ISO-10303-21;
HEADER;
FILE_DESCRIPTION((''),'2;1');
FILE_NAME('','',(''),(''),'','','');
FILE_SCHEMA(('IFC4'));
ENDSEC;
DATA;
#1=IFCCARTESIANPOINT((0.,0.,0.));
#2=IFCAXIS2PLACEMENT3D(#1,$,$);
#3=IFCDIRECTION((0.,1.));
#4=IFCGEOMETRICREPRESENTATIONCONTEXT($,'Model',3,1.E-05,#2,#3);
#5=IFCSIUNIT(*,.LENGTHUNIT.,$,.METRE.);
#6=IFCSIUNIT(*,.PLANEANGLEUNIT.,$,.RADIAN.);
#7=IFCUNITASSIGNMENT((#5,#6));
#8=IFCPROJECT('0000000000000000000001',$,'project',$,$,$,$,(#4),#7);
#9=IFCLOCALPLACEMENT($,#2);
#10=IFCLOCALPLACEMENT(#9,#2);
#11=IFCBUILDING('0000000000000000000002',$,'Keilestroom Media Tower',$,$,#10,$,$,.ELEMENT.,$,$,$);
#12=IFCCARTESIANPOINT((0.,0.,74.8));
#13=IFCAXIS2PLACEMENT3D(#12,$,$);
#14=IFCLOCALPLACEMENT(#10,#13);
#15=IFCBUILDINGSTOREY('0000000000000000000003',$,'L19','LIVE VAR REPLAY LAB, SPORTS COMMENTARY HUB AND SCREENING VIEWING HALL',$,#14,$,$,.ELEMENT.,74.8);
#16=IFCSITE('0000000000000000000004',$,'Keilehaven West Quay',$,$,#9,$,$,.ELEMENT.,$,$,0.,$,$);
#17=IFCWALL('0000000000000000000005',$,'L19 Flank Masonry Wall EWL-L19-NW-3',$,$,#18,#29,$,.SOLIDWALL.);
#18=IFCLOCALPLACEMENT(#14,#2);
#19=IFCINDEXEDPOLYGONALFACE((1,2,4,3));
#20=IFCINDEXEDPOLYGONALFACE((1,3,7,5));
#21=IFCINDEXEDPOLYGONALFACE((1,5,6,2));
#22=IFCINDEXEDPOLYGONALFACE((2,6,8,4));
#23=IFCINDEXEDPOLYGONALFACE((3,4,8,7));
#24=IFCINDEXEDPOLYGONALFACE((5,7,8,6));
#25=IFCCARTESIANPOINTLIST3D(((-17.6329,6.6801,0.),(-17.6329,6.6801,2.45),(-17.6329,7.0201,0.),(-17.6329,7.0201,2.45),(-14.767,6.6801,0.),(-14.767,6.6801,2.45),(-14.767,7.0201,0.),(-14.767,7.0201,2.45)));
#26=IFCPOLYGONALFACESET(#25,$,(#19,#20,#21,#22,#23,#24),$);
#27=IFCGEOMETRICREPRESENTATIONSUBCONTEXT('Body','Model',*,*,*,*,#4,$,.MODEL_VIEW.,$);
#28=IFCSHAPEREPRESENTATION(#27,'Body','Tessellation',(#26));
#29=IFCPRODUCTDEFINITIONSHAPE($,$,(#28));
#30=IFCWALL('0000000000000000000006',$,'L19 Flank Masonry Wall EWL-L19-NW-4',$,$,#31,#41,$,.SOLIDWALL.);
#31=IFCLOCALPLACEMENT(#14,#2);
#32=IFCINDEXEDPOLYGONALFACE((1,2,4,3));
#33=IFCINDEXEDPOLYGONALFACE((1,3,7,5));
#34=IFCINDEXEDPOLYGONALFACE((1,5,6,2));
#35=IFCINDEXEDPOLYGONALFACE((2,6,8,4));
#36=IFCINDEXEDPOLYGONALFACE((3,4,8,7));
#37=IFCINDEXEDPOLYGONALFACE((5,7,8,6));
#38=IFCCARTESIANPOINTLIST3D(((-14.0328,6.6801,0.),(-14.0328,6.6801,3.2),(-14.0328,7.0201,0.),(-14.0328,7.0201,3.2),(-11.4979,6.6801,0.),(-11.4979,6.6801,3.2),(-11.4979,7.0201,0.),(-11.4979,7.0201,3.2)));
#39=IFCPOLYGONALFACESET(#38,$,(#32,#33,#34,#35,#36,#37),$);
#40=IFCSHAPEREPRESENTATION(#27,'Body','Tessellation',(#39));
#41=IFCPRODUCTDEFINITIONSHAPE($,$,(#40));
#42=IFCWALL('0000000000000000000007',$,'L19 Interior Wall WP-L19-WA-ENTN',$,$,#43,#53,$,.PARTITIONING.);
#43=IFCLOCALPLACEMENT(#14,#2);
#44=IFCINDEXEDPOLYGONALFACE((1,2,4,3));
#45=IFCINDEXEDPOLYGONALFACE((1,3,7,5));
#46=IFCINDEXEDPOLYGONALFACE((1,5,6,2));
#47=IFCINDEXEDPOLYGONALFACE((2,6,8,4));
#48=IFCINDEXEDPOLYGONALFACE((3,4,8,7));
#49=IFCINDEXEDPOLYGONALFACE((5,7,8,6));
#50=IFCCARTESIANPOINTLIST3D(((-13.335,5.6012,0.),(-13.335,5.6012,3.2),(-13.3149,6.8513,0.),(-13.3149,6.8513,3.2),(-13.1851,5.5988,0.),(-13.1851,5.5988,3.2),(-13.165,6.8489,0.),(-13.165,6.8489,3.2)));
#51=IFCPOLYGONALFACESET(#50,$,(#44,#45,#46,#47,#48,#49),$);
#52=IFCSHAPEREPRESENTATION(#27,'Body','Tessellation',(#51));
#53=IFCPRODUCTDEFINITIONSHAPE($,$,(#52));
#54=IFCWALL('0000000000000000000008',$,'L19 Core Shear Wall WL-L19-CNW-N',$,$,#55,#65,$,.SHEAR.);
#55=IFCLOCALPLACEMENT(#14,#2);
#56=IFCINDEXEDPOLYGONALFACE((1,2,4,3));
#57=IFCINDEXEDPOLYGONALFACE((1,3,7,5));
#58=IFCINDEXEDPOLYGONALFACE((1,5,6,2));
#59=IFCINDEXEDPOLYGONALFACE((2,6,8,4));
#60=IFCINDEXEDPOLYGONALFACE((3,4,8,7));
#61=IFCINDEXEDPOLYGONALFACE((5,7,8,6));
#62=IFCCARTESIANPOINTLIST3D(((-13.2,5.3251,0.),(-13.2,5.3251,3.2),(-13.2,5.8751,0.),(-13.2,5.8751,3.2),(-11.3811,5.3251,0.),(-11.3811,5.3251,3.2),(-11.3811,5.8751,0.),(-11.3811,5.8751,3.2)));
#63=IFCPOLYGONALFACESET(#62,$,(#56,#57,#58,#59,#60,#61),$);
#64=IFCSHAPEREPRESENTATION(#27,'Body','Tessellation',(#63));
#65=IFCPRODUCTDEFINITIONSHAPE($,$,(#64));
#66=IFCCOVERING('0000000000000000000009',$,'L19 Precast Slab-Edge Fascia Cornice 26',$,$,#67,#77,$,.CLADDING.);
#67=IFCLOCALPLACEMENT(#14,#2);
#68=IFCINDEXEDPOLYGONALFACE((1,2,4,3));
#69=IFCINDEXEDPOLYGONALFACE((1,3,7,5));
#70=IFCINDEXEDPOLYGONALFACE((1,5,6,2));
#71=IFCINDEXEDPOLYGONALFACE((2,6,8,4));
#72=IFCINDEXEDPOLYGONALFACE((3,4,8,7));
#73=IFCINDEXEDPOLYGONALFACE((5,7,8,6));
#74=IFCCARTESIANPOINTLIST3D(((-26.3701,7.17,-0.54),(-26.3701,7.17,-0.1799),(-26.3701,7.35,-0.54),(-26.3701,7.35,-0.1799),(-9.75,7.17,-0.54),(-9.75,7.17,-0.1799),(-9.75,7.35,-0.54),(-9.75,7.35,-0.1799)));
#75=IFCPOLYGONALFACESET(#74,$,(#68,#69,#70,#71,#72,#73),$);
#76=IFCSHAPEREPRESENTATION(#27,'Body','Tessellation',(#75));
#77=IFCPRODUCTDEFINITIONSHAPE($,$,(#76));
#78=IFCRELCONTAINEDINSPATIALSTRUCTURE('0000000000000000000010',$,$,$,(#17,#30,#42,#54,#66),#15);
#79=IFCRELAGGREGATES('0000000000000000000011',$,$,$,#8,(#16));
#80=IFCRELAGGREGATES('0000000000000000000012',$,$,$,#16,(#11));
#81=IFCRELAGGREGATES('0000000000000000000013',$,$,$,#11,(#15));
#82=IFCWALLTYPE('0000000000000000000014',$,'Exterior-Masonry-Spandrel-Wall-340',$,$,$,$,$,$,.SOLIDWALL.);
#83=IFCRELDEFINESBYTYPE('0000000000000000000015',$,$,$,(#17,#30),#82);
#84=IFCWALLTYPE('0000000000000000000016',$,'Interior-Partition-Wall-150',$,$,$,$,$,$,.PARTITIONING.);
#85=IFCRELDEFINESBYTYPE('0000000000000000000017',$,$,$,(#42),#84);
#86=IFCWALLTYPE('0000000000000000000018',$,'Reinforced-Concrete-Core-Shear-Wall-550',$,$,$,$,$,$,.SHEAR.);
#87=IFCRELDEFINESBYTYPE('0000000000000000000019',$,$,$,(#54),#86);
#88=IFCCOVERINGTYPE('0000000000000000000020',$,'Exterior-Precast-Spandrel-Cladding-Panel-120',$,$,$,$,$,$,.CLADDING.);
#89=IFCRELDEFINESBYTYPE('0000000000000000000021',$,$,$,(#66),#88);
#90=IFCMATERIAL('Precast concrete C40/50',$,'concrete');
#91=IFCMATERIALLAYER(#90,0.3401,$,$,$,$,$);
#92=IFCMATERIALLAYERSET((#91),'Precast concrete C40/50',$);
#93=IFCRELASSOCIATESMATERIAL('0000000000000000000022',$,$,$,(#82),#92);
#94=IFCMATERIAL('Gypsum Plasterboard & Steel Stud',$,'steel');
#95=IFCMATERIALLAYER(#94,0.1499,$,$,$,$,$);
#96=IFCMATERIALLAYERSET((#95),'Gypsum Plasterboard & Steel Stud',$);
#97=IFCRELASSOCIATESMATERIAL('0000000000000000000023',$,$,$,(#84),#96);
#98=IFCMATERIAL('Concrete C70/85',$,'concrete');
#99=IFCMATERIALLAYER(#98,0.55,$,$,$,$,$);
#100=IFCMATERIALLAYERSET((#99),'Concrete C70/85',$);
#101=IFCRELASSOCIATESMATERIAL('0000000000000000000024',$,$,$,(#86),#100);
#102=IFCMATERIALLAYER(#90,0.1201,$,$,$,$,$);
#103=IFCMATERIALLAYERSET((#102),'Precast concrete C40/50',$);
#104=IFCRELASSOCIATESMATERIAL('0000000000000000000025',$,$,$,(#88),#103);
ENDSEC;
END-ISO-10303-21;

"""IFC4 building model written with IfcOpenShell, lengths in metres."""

from ifc_helpers import new_model, si_unit, direction, frame, frame_2d, origin, origin_2d, place, context, subcontext, project, spatial, rectangle, extrude, source, transform, mapped, material, layer, layer_set, type_object, element, save


model = new_model("IFC4")

# Units and contexts
model_context = context("Model", 3, precision=1e-05, world=origin(), true_north=direction((0.0, 1.0)))
body_context = subcontext(model_context, "Body", "Model", "MODEL_VIEW")
ifc_project = project(units=[si_unit("LENGTHUNIT", "METRE"), si_unit("PLANEANGLEUNIT", "RADIAN")], contexts=[model_context])

# Site, building, storey
site_placement = place(None, origin())
site = spatial("IfcSite", under=ifc_project, at=site_placement, Name="Keilehaven West Quay", CompositionType="ELEMENT", RefElevation=0.0)
building_placement = place(site_placement, origin())
building = spatial("IfcBuilding", under=site, at=building_placement, Name="Keilestroom Media Tower", CompositionType="ELEMENT")
storey_placement = place(building_placement, frame((0.0, 0.0, 74.8)))
storey = spatial("IfcBuildingStorey", under=building, at=storey_placement, Name="L19", Description="LIVE VAR REPLAY LAB, SPORTS COMMENTARY HUB AND SCREENING VIEWING HALL", CompositionType="ELEMENT", Elevation=74.8)

# Shared definitions
ifc_material_1 = material(Name="Precast concrete C40/50", Category="concrete")

# Walls
ifc_layer_1 = layer(ifc_material_1, 0.3401)
ifc_layer_set_1 = layer_set([ifc_layer_1], Name="Precast concrete C40/50")
wall_type_1 = type_object("IfcWallType", Name="Exterior-Masonry-Spandrel-Wall-340", PredefinedType="SOLIDWALL", material=ifc_layer_set_1)
for number, where, z_axis, x_axis, name in (
    (1, (-17.6331, 6.8501, 0.0), (0.0, 0.0, 1.0), (1.0, 0.0, 0.0), "L19 Flank Masonry Wall EWL-L19-NW-3"),
):
    element("IfcWall", number, at=place(storey_placement, frame(where, z_axis=z_axis, x_axis=x_axis)), inside=storey, type_object=wall_type_1, Name=name, PredefinedType="SOLIDWALL", context=body_context, shape_type="SweptSolid", body=[
        extrude(rectangle(XDim=2.866, YDim=0.3401, at=frame_2d((1.4331, 0.0))), origin(), (0.0, 0.0, 1.0), 2.45),
    ])
wall_1_placement = place(storey_placement, frame((-14.033, 6.8501, 0.0), z_axis=(0.0, 0.0, 1.0), x_axis=(1.0, 0.0, 0.0)))
element("IfcWall", 2, at=wall_1_placement, inside=storey, type_object=wall_type_1, Name="L19 Flank Masonry Wall EWL-L19-NW-4", PredefinedType="SOLIDWALL", context=body_context, shape_type="SweptSolid", body=[
    extrude(rectangle(XDim=2.5349, YDim=0.3401, at=frame_2d((1.2676, 0.0))), origin(), (0.0, 0.0, 1.0), 3.2),
])
ifc_material_2 = material(Name="Gypsum Plasterboard & Steel Stud", Category="steel")
ifc_layer_2 = layer(ifc_material_2, 0.1499)
ifc_layer_set_2 = layer_set([ifc_layer_2], Name="Gypsum Plasterboard & Steel Stud")
wall_type_2 = type_object("IfcWallType", Name="Interior-Partition-Wall-150", PredefinedType="PARTITIONING", material=ifc_layer_set_2)
wall_2_placement = place(storey_placement, frame((-13.26, 5.6001, 0.0), z_axis=(0.0, 0.0, 1.0), x_axis=(0.016014, 0.999872, 0.0)))
element("IfcWall", 3, at=wall_2_placement, inside=storey, type_object=wall_type_2, Name="L19 Interior Wall WP-L19-WA-ENTN", PredefinedType="PARTITIONING", context=body_context, shape_type="SweptSolid", body=[
    extrude(rectangle(XDim=1.2502, YDim=0.1499, at=frame_2d((0.625, 0.0))), origin(), (0.0, 0.0, 1.0), 3.2),
])
ifc_material_3 = material(Name="Concrete C70/85", Category="concrete")
ifc_layer_3 = layer(ifc_material_3, 0.55)
ifc_layer_set_3 = layer_set([ifc_layer_3], Name="Concrete C70/85")
wall_type_3 = type_object("IfcWallType", Name="Reinforced-Concrete-Core-Shear-Wall-550", PredefinedType="SHEAR", material=ifc_layer_set_3)
wall_3_placement = place(storey_placement, frame((-13.2, 5.6001, 0.0), z_axis=(0.0, 0.0, 1.0), x_axis=(1.0, 0.0, 0.0)))
element("IfcWall", 4, at=wall_3_placement, inside=storey, type_object=wall_type_3, Name="L19 Core Shear Wall WL-L19-CNW-N", PredefinedType="SHEAR", context=body_context, shape_type="SweptSolid", body=[
    extrude(rectangle(XDim=1.8188, YDim=0.55, at=frame_2d((0.9094, 0.0))), origin(), (0.0, 0.0, 1.0), 3.2),
])

# Covering
ifc_layer_4 = layer(ifc_material_1, 0.1201)
ifc_layer_set_4 = layer_set([ifc_layer_4], Name="Precast concrete C40/50")
covering_type = type_object("IfcCoveringType", Name="Exterior-Precast-Spandrel-Cladding-Panel-120", PredefinedType="CLADDING", material=ifc_layer_set_4)
shared_shape_1 = source(origin(), body_context, "Body", "SweptSolid", [
    extrude(rectangle(XDim=16.6201, YDim=0.1799, at=origin_2d()), origin(), (0.0, 0.0, 1.0), 0.3601),
])
covering_placement = place(storey_placement, frame((-18.0601, 7.26, -0.54), z_axis=(0.0, 0.0, 1.0), x_axis=(1.0, 0.0, 0.0)))
element("IfcCovering", 5, at=covering_placement, inside=storey, type_object=covering_type, Name="L19 Precast Slab-Edge Fascia Cornice 26", PredefinedType="CLADDING", context=body_context, shape_type="MappedRepresentation", body=[
    mapped(shared_shape_1, transform((0.0, 0.0, 0.0), x_axis=(1.0, 0.0, 0.0), y_axis=(0.0, 1.0, 0.0), z_axis=(0.0, 0.0, 1.0), scale=1.0)),
])

save(model, "model.ifc")
